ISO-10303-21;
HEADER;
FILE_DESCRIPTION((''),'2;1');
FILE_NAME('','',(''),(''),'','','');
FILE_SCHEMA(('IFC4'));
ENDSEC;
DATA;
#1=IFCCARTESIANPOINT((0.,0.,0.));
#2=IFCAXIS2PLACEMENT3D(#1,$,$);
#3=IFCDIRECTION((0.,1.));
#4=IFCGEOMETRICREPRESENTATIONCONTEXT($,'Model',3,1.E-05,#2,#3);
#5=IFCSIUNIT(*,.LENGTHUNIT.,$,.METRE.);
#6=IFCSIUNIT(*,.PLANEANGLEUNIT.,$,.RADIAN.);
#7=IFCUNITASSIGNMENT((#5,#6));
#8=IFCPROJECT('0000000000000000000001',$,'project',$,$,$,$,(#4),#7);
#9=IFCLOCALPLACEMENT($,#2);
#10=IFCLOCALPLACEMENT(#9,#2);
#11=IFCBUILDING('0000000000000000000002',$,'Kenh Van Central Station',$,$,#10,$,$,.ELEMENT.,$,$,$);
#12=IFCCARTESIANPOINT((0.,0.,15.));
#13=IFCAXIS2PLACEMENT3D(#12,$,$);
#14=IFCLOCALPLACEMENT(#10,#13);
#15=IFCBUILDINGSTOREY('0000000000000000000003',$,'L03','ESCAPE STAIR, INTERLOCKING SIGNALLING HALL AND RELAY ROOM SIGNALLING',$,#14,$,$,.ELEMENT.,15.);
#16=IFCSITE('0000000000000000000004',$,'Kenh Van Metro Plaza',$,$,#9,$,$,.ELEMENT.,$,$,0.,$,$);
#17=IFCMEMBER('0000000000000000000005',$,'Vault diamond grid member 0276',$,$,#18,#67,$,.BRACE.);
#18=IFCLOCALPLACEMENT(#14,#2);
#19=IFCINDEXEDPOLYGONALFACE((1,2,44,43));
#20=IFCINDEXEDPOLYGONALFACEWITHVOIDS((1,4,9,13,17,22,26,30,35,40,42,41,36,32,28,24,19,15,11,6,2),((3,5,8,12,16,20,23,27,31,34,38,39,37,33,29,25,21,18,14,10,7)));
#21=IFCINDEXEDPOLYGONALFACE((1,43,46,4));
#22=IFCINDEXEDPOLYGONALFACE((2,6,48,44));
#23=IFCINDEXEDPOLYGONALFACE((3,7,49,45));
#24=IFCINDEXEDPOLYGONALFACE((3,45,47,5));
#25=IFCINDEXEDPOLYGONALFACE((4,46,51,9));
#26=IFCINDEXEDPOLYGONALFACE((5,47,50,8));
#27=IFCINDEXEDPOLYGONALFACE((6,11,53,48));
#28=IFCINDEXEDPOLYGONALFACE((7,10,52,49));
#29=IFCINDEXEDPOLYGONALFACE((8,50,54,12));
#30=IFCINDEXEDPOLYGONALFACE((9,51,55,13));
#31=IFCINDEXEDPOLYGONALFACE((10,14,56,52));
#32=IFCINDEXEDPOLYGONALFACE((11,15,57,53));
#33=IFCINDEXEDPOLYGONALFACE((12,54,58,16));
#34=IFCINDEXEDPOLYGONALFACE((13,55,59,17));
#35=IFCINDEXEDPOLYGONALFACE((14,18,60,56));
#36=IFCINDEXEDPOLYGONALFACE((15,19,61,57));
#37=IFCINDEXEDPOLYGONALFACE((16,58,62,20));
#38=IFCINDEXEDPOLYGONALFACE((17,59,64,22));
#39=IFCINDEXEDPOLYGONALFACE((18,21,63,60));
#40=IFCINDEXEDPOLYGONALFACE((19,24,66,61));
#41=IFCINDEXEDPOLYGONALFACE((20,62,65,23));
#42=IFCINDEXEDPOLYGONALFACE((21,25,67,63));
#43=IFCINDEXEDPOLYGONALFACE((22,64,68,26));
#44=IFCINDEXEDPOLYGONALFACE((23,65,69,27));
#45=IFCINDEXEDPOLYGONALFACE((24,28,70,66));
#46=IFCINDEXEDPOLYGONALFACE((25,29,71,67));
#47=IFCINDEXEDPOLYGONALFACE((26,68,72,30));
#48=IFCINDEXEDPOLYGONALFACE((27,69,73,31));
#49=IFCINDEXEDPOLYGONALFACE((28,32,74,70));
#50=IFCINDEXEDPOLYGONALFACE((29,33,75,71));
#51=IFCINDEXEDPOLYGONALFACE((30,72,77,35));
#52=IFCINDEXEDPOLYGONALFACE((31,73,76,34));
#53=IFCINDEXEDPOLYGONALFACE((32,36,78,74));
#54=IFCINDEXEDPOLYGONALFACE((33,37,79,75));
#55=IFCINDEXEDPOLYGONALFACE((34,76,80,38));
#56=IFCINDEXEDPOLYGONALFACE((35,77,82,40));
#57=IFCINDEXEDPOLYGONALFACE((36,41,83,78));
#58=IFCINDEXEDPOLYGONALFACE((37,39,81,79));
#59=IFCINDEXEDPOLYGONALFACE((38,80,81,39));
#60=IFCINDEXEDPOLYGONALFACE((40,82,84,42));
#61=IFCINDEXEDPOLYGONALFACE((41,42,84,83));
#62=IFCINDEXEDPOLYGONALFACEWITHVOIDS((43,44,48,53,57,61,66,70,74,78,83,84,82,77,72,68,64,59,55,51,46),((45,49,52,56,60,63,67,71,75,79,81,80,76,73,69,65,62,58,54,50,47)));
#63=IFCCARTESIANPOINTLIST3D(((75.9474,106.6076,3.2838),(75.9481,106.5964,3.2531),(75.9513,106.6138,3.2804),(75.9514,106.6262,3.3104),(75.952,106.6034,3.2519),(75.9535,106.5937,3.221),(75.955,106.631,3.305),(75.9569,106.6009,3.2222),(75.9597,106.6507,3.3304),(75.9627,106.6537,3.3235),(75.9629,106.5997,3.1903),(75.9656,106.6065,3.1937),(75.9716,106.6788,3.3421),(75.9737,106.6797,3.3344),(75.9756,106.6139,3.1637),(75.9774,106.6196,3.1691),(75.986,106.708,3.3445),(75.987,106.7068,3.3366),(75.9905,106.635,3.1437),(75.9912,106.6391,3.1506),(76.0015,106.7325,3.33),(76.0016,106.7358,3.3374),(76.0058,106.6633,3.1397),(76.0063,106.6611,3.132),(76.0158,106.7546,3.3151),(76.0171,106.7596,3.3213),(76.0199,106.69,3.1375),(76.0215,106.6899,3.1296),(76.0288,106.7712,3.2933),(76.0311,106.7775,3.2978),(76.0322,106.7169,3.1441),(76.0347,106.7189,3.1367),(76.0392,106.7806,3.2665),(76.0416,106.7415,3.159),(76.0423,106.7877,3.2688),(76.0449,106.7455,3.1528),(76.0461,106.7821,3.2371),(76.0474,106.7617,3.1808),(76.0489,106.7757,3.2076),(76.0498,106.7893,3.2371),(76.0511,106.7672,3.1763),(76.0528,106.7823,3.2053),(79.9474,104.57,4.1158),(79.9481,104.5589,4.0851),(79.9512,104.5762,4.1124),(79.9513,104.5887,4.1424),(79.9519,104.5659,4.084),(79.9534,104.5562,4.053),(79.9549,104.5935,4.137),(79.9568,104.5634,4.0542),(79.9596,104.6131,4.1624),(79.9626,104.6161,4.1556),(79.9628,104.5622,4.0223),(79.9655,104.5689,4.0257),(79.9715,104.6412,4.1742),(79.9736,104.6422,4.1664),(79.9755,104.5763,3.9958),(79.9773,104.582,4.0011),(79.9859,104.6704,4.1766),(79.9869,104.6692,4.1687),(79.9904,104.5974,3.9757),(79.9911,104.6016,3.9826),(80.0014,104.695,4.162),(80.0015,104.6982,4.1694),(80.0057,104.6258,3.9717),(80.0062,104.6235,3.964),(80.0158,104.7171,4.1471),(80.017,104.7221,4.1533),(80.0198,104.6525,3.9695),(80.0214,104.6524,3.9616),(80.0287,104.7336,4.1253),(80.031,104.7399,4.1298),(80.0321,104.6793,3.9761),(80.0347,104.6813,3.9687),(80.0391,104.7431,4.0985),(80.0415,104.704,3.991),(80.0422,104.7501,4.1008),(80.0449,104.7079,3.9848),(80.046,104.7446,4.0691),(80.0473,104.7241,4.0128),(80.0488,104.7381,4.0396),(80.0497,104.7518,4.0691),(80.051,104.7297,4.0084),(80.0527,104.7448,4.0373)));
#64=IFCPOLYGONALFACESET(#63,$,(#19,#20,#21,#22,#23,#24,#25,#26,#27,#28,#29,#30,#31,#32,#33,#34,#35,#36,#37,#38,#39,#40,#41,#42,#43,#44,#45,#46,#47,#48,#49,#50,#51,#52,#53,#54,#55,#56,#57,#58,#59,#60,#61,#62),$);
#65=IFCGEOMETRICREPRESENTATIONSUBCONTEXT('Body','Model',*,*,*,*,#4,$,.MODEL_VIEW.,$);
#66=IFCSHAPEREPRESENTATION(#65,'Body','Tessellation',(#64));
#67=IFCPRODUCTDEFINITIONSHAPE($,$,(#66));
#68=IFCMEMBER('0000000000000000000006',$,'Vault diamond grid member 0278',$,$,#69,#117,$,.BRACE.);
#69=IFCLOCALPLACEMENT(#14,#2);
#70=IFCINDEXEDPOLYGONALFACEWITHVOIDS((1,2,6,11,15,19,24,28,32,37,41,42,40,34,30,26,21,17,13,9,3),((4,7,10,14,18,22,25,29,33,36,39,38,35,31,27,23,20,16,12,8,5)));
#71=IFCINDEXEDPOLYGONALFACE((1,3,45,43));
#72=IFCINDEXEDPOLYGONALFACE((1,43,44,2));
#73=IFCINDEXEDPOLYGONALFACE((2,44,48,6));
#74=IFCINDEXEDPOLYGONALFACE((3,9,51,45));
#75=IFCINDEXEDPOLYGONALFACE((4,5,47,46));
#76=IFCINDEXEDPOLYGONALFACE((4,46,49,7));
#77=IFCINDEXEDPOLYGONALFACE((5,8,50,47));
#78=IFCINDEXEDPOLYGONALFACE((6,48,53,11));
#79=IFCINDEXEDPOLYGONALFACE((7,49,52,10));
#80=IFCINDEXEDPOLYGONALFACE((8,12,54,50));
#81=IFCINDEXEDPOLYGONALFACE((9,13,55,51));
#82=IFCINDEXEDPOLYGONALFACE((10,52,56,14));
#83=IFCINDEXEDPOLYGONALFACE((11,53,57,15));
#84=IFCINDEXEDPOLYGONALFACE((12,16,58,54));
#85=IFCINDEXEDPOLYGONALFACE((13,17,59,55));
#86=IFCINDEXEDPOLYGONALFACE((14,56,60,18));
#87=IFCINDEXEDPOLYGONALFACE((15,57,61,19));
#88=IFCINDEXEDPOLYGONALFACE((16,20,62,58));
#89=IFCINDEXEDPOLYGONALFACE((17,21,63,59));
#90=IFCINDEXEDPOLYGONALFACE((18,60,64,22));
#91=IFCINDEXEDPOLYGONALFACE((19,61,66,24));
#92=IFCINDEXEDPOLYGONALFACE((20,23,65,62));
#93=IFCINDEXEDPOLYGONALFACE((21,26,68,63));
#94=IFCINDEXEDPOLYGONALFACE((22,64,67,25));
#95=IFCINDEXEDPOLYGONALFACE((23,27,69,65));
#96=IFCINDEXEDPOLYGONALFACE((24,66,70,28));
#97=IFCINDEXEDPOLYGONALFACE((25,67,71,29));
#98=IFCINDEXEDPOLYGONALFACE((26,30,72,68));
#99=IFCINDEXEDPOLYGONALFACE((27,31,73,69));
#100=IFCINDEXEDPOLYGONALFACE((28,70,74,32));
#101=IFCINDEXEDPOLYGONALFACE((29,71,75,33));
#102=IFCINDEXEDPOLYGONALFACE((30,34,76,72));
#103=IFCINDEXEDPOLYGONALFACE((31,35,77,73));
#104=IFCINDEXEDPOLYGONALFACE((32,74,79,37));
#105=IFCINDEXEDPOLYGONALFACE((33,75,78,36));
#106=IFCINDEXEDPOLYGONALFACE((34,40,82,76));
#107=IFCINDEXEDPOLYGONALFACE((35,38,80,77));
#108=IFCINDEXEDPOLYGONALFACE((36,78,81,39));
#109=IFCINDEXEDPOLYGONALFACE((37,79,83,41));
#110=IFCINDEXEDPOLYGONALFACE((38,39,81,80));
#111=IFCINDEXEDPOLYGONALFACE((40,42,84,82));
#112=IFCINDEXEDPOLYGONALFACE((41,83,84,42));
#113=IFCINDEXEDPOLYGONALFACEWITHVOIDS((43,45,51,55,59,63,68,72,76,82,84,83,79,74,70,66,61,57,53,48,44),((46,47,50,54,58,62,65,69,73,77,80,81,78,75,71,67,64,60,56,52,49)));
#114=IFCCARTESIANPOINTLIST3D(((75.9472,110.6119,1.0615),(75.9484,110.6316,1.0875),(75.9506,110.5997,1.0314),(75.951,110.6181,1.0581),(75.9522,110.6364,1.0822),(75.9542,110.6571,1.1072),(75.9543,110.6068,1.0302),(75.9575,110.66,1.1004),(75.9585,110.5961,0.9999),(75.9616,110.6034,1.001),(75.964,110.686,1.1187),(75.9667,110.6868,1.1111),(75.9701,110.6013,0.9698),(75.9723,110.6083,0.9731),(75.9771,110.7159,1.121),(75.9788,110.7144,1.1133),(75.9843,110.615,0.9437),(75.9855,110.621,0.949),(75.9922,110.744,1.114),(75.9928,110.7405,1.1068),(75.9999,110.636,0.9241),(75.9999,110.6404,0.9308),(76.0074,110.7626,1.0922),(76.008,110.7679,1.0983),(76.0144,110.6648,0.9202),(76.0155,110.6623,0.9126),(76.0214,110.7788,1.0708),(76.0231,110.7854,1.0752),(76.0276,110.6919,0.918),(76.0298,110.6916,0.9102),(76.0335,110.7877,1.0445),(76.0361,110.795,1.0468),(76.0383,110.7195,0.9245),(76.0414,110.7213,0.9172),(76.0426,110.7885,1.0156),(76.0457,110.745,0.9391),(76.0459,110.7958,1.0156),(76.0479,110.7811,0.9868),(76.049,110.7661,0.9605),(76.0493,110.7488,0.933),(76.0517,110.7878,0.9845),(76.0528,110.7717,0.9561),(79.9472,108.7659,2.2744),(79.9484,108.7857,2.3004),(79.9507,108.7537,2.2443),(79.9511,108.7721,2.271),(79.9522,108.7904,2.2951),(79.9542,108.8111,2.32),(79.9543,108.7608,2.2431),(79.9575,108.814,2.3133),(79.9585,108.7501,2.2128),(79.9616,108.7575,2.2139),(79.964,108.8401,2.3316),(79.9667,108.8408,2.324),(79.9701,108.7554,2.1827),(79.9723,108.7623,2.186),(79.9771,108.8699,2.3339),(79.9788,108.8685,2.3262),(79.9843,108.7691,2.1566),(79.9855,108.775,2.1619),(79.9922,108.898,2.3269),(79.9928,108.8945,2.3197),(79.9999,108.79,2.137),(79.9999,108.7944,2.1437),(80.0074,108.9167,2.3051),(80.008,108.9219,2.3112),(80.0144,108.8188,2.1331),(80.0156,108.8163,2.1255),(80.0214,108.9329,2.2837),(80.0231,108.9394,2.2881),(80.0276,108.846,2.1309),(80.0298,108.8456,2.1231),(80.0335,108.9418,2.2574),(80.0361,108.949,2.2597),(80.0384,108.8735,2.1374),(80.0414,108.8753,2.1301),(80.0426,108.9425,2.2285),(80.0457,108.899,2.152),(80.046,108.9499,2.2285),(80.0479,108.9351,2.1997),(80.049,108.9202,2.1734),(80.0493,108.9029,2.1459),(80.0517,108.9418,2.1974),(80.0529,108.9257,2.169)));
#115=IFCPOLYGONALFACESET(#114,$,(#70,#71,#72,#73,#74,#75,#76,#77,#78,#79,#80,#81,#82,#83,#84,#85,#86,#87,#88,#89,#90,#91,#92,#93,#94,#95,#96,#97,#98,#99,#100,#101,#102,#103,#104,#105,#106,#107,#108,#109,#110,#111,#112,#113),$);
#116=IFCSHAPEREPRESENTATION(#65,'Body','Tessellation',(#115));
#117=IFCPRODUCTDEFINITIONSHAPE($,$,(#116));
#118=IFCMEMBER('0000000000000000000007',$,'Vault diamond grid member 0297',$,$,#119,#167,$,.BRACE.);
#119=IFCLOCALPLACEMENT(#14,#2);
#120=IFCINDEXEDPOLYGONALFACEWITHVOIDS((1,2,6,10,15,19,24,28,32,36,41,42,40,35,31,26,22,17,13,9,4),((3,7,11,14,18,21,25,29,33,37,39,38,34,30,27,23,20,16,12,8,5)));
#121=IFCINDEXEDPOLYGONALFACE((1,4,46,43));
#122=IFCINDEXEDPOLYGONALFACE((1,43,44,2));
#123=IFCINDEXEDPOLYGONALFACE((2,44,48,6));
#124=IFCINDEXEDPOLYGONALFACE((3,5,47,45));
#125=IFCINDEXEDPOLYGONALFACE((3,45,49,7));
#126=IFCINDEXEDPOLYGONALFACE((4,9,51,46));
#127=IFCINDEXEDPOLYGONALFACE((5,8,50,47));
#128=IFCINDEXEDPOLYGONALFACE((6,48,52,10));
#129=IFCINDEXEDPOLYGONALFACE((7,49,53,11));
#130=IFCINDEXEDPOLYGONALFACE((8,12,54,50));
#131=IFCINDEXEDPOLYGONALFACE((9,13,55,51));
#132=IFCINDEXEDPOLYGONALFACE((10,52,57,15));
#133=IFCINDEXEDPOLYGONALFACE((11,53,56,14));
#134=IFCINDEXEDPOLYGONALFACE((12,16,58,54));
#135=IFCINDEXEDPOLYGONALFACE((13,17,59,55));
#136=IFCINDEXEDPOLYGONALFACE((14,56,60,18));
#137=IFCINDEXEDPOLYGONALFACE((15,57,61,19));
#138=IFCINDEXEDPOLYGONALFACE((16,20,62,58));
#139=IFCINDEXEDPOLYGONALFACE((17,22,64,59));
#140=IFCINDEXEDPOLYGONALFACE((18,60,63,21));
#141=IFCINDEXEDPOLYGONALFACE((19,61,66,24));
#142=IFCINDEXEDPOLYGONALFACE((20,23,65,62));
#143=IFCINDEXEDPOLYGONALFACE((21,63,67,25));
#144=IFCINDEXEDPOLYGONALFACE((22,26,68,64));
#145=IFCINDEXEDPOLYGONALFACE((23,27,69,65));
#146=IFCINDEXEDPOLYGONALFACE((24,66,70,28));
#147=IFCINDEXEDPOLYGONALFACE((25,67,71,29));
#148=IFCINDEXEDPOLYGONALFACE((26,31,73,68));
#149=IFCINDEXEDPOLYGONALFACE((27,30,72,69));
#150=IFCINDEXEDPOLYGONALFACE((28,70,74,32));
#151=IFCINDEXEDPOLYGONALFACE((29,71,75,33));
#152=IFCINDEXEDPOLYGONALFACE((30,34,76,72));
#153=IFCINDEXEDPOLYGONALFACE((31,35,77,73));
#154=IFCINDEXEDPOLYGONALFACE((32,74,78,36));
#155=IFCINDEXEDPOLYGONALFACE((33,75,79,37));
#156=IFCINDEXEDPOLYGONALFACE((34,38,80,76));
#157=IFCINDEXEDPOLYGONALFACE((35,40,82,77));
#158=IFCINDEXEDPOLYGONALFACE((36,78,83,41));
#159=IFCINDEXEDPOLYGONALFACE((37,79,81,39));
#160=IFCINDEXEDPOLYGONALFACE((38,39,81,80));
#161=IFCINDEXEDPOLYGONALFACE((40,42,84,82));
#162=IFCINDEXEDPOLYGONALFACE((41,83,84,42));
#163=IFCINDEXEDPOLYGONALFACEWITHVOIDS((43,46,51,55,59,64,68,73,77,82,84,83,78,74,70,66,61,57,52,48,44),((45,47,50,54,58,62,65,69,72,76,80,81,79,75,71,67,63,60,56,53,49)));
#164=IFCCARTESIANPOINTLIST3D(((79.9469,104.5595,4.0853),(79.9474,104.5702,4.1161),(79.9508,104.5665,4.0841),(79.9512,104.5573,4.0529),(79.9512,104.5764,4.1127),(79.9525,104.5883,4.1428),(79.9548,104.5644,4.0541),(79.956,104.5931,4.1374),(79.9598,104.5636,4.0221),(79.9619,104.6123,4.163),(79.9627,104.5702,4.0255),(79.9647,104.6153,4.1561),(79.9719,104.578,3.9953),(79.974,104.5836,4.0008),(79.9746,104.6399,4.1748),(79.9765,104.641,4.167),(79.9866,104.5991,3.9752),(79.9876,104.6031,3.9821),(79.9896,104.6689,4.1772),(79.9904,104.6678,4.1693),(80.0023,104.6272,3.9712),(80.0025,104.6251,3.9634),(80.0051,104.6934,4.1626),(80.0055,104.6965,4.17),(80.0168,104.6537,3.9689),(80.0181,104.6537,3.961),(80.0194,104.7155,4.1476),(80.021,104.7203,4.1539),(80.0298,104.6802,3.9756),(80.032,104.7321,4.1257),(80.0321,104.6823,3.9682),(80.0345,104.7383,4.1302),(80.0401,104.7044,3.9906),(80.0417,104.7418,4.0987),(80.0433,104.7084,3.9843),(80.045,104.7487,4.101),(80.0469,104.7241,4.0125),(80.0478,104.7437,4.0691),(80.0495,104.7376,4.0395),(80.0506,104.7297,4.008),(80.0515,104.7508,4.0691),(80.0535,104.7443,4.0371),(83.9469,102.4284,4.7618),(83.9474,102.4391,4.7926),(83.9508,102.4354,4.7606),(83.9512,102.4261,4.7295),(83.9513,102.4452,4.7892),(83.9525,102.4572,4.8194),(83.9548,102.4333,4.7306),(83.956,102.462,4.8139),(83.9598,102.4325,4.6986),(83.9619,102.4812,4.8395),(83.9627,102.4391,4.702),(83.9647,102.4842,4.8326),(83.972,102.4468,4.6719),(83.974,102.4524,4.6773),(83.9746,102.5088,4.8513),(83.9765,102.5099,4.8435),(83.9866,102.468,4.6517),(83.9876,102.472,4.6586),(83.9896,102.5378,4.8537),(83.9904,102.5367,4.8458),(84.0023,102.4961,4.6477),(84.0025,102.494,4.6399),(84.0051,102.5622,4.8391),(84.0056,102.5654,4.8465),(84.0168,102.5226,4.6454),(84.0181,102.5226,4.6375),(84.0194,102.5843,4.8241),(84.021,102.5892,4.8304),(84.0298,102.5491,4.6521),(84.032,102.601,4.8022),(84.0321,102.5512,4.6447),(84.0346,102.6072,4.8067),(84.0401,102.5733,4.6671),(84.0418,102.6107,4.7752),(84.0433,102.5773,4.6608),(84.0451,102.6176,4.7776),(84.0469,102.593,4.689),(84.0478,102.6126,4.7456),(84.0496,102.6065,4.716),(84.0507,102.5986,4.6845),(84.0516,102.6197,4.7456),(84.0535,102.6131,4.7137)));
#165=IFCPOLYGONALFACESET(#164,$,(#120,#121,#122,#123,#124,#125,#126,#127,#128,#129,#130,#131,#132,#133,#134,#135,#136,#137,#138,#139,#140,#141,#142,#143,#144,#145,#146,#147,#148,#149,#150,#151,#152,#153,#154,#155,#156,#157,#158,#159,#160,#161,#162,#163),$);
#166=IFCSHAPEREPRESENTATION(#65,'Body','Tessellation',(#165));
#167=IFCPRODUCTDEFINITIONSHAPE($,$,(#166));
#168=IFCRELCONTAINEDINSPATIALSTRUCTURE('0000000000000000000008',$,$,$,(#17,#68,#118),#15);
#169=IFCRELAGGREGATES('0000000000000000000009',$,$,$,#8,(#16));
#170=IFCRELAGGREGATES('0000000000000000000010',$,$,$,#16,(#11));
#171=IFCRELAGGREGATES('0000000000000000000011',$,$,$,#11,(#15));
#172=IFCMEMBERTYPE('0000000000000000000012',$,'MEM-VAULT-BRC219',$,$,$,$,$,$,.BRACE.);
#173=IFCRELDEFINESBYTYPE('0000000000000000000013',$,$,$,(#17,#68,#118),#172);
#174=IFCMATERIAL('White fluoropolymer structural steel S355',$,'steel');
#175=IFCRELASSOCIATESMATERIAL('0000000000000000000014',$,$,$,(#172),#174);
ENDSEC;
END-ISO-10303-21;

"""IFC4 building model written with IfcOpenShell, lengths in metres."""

from ifc_helpers import new_model, si_unit, direction, frame, origin, origin_2d, place, context, subcontext, project, spatial, hollow_circle, extrude, material, material_profile, profile_set, type_object, element, save


model = new_model("IFC4")

# Units and contexts
model_context = context("Model", 3, precision=1e-05, world=origin(), true_north=direction((0.0, 1.0)))
body_context = subcontext(model_context, "Body", "Model", "MODEL_VIEW")
ifc_project = project(units=[si_unit("LENGTHUNIT", "METRE"), si_unit("PLANEANGLEUNIT", "RADIAN")], contexts=[model_context])

# Site, building, storey
site_placement = place(None, origin())
site = spatial("IfcSite", under=ifc_project, at=site_placement, Name="Kenh Van Metro Plaza", CompositionType="ELEMENT", RefElevation=0.0)
building_placement = place(site_placement, origin())
building = spatial("IfcBuilding", under=site, at=building_placement, Name="Kenh Van Central Station", CompositionType="ELEMENT")
storey_placement = place(building_placement, frame((0.0, 0.0, 15.0)))
storey = spatial("IfcBuildingStorey", under=building, at=storey_placement, Name="L03", Description="ESCAPE STAIR, INTERLOCKING SIGNALLING HALL AND RELAY ROOM SIGNALLING", CompositionType="ELEMENT", Elevation=15.0)

# Shared definitions
ifc_material_1 = material(Name="White fluoropolymer structural steel S355", Category="steel")

# Members
ifc_material_profile_1 = material_profile(ifc_material_1, hollow_circle(Radius=0.1096, WallThickness=0.0081, at=origin_2d()), Name="CHS 219.1x8")
ifc_profile_set_1 = profile_set([ifc_material_profile_1], Name="White fluoropolymer structural steel S355")
member_type_1 = type_object("IfcMemberType", Name="MEM-VAULT-BRC219", PredefinedType="BRACE", material=ifc_profile_set_1)
member_1_placement = place(storey_placement, frame((76.0, 106.6917, 3.2371), z_axis=(0.87613, -0.4463, 0.182242), x_axis=(0.453901, 0.891052, 0.0)))
element("IfcMember", 1, at=member_1_placement, inside=storey, type_object=member_type_1, Name="Vault diamond grid member 0276", PredefinedType="BRACE", context=body_context, shape_type="SweptSolid", body=[
    extrude(hollow_circle(Radius=0.1096, WallThickness=0.0081, at=origin_2d()), origin(), (0.0, 0.0, 1.0), 4.5654),
])
member_2_placement = place(storey_placement, frame((76.0, 110.6963, 1.0156), z_axis=(0.875405, -0.403988, 0.265443), x_axis=(0.41902, 0.907977, 0.0)))
element("IfcMember", 2, at=member_2_placement, inside=storey, type_object=member_type_1, Name="Vault diamond grid member 0278", PredefinedType="BRACE", context=body_context, shape_type="SweptSolid", body=[
    extrude(hollow_circle(Radius=0.1096, WallThickness=0.0081, at=origin_2d()), origin(), (0.0, 0.0, 1.0), 4.5693),
])
member_3_placement = place(storey_placement, frame((80.0, 104.6541, 4.0691), z_axis=(0.872887, -0.465053, 0.14763), x_axis=(0.470205, 0.882557, 0.0)))
element("IfcMember", 3, at=member_3_placement, inside=storey, type_object=member_type_1, Name="Vault diamond grid member 0297", PredefinedType="BRACE", context=body_context, shape_type="SweptSolid", body=[
    extrude(hollow_circle(Radius=0.1096, WallThickness=0.0081, at=origin_2d()), origin(), (0.0, 0.0, 1.0), 4.5825),
])

save(model, "model.ifc")
